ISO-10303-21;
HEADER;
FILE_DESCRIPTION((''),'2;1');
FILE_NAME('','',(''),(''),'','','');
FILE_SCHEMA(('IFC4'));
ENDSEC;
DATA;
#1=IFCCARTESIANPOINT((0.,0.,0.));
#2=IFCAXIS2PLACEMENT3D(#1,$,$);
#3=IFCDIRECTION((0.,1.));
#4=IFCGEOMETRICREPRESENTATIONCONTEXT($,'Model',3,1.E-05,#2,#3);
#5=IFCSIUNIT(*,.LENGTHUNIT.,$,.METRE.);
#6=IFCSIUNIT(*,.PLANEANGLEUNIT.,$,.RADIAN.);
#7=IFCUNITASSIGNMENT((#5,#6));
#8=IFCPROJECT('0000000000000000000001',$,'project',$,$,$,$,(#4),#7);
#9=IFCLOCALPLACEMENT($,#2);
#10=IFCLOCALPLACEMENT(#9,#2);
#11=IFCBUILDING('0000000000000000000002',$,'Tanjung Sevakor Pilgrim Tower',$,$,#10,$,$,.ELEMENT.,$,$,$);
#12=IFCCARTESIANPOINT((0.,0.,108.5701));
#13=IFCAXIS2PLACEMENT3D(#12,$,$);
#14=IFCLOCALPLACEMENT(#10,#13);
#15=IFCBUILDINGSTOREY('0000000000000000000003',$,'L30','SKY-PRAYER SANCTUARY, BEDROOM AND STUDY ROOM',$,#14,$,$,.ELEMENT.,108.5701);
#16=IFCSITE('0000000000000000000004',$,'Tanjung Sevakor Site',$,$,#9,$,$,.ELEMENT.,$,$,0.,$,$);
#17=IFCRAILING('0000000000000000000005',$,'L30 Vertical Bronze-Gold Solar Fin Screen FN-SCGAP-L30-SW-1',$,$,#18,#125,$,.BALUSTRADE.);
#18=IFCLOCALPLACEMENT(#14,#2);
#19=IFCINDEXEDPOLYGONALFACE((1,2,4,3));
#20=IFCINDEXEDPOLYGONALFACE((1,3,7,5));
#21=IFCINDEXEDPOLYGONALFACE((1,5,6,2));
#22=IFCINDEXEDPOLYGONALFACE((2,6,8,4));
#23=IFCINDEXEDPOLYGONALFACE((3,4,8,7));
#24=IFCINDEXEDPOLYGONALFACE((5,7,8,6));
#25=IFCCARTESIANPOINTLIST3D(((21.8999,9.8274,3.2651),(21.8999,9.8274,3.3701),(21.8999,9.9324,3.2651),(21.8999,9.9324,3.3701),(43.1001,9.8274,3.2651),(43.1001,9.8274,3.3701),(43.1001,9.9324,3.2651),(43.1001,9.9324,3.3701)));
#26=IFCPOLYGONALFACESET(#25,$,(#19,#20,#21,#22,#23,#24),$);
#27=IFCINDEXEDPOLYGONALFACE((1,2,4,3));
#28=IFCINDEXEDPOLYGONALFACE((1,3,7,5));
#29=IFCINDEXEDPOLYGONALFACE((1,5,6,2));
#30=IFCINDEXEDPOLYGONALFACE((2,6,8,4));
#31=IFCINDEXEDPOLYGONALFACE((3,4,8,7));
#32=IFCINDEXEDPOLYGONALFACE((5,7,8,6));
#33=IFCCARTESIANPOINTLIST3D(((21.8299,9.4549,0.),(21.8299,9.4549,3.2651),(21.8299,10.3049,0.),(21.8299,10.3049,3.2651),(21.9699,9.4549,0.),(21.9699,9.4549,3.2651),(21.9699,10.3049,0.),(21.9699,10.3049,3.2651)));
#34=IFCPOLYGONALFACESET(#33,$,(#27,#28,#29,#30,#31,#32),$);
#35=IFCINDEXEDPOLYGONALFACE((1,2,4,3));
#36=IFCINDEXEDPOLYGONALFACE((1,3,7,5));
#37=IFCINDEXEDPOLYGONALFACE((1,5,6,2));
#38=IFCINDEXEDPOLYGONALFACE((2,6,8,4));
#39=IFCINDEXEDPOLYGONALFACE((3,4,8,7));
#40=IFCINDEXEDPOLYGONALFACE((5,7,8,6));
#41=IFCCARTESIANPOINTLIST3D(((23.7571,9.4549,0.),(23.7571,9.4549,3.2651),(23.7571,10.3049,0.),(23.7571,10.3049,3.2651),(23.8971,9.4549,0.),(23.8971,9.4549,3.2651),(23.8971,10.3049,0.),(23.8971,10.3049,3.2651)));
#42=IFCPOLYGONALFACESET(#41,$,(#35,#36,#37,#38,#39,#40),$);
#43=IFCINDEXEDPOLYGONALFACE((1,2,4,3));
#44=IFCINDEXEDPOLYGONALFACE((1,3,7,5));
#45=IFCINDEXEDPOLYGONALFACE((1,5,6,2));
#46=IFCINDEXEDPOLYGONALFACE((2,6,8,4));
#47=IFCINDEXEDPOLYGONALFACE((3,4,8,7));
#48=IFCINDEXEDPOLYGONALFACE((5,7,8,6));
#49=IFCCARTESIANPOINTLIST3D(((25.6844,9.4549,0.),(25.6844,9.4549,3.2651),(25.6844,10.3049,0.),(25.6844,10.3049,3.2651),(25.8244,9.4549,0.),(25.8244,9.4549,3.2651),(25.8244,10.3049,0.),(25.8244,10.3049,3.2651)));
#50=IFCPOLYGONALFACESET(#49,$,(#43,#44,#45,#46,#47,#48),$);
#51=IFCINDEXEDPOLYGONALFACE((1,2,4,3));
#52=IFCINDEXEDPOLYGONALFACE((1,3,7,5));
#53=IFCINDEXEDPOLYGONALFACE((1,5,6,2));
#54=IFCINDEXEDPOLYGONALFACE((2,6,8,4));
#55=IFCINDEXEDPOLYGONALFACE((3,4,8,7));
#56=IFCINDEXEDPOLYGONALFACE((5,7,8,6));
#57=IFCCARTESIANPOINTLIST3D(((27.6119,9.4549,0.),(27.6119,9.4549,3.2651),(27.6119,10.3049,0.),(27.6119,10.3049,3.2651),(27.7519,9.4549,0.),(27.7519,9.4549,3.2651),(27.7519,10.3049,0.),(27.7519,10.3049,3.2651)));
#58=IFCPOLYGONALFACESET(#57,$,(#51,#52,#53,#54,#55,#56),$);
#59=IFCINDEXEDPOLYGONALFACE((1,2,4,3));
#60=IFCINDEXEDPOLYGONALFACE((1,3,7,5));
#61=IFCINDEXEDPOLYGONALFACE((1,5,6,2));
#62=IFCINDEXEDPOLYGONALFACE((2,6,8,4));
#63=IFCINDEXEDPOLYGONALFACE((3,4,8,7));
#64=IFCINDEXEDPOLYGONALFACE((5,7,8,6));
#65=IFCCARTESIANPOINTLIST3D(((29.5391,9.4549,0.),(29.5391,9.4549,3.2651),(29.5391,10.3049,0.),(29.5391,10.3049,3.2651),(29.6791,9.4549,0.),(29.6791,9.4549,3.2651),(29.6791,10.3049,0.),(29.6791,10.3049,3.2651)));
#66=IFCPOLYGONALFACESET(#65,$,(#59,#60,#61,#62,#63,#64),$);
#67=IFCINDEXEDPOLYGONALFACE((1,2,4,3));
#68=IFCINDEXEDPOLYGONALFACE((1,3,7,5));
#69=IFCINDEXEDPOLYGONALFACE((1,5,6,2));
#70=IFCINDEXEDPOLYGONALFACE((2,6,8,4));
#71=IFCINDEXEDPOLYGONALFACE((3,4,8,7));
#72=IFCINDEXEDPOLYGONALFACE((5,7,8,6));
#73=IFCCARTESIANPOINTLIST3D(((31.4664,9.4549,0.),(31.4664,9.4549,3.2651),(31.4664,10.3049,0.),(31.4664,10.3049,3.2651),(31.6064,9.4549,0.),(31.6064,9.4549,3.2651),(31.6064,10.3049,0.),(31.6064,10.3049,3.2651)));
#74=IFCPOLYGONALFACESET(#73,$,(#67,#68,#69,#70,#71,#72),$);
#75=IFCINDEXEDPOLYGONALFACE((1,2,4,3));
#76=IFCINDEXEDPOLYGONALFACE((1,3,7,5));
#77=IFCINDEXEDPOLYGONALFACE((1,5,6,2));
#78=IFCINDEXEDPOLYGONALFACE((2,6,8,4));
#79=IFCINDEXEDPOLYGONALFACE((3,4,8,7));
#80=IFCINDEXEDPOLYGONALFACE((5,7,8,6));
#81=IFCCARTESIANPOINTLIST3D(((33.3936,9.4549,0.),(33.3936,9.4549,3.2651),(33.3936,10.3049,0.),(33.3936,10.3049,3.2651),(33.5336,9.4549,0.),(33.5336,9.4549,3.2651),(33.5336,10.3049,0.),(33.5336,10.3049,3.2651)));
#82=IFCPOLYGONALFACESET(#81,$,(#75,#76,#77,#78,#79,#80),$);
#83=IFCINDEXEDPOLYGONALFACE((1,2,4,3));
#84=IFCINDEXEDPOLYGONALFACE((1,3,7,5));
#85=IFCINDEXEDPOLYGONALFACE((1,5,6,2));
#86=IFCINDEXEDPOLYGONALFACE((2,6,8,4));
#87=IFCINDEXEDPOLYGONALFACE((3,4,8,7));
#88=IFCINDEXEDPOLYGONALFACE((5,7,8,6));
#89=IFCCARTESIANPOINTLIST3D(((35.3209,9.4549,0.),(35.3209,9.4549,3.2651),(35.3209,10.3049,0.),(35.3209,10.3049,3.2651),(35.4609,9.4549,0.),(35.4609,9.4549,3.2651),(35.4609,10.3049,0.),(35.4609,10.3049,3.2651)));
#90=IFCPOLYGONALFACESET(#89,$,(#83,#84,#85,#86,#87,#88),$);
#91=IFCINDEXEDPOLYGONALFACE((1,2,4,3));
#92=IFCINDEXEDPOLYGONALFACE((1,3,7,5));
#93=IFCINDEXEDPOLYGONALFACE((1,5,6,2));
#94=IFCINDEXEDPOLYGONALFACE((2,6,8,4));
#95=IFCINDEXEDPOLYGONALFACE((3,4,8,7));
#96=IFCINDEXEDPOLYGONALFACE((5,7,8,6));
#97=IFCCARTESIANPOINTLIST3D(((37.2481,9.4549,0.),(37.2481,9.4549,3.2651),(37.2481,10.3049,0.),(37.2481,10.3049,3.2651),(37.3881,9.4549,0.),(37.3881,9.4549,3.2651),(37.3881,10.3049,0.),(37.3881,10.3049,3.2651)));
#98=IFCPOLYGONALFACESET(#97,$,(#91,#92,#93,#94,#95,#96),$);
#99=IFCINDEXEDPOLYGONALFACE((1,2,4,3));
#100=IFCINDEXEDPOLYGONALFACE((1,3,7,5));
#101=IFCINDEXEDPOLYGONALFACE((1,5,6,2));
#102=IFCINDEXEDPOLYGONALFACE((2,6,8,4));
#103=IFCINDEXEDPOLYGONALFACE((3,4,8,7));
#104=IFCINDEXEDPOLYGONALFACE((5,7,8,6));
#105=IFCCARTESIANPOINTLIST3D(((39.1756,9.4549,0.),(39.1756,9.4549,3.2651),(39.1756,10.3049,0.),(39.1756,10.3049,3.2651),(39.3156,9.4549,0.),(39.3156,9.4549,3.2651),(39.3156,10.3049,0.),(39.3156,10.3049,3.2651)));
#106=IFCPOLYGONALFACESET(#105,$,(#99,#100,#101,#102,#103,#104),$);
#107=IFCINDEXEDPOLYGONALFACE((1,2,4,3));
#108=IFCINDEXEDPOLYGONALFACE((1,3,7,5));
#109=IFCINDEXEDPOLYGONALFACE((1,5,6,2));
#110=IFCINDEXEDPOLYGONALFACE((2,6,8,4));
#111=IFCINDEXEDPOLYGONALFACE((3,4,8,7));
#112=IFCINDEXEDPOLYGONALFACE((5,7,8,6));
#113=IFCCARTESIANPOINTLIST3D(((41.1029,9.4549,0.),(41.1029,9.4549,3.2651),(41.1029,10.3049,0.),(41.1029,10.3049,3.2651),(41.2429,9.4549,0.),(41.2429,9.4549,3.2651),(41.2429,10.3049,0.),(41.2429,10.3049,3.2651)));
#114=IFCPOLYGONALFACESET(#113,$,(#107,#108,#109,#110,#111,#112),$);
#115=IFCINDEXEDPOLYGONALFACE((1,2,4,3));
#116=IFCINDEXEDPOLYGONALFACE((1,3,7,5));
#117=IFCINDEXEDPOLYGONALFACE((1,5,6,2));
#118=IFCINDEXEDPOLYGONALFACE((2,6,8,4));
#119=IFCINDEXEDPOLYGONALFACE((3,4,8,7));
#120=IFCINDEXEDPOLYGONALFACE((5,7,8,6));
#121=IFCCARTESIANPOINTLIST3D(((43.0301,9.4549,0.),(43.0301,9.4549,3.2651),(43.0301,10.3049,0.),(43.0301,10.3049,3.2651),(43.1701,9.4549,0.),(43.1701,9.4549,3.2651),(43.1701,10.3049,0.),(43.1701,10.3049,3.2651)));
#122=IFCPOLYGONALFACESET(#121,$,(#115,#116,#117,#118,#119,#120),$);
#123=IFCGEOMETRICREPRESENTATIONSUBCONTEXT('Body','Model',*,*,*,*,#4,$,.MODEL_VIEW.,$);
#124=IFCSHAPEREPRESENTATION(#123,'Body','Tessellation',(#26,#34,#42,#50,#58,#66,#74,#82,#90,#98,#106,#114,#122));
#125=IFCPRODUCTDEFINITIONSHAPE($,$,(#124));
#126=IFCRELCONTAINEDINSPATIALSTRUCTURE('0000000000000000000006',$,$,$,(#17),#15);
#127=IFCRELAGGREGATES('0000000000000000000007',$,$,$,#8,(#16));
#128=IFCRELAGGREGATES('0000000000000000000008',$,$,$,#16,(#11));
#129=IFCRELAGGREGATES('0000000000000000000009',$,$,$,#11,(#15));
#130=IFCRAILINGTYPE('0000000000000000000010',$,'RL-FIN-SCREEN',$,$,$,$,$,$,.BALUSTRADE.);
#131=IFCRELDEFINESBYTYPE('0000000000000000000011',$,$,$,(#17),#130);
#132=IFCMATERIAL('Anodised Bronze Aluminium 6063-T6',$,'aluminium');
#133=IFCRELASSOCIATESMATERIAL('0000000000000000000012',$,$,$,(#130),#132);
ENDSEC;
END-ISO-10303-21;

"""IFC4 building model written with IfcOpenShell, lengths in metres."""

from ifc_helpers import new_model, si_unit, direction, frame, origin, place, context, subcontext, project, spatial, rectangle, extrude, material, type_object, element, save


model = new_model("IFC4")

# Units and contexts
model_context = context("Model", 3, precision=1e-05, world=origin(), true_north=direction((0.0, 1.0)))
body_context = subcontext(model_context, "Body", "Model", "MODEL_VIEW")
ifc_project = project(units=[si_unit("LENGTHUNIT", "METRE"), si_unit("PLANEANGLEUNIT", "RADIAN")], contexts=[model_context])

# Site, building, storey
site_placement = place(None, origin())
site = spatial("IfcSite", under=ifc_project, at=site_placement, Name="Tanjung Sevakor Site", CompositionType="ELEMENT", RefElevation=0.0)
building_placement = place(site_placement, origin())
building = spatial("IfcBuilding", under=site, at=building_placement, Name="Tanjung Sevakor Pilgrim Tower", CompositionType="ELEMENT")
storey_placement = place(building_placement, frame((0.0, 0.0, 108.5701)))
storey = spatial("IfcBuildingStorey", under=building, at=storey_placement, Name="L30", Description="SKY-PRAYER SANCTUARY, BEDROOM AND STUDY ROOM", CompositionType="ELEMENT", Elevation=108.5701)

# Railing
ifc_material_1 = material(Name="Anodised Bronze Aluminium 6063-T6", Category="aluminium")
railing_type = type_object("IfcRailingType", Name="RL-FIN-SCREEN", PredefinedType="BALUSTRADE", material=ifc_material_1)
railing_placement = place(storey_placement, frame((21.8999, 9.8799, 0.0)))
element("IfcRailing", 1, at=railing_placement, inside=storey, type_object=railing_type, Name="L30 Vertical Bronze-Gold Solar Fin Screen FN-SCGAP-L30-SW-1", PredefinedType="BALUSTRADE", context=body_context, shape_type="SweptSolid", body=[
    extrude(rectangle(XDim=0.105, YDim=0.105), frame((0.0, 0.0, 3.3176), z_axis=(1.0, 0.0, 0.0), x_axis=(0.0, 1.0, 0.0)), (0.0, 0.0, 1.0), 21.2002),
    extrude(rectangle(XDim=0.14, YDim=0.85), origin(), (0.0, 0.0, 1.0), 3.2651),
    extrude(rectangle(XDim=0.14, YDim=0.85), frame((1.9272, 0.0, 0.0)), (0.0, 0.0, 1.0), 3.2651),
    extrude(rectangle(XDim=0.14, YDim=0.85), frame((3.8545, 0.0, 0.0)), (0.0, 0.0, 1.0), 3.2651),
    extrude(rectangle(XDim=0.14, YDim=0.85), frame((5.782, 0.0, 0.0)), (0.0, 0.0, 1.0), 3.2651),
    extrude(rectangle(XDim=0.14, YDim=0.85), frame((7.7092, 0.0, 0.0)), (0.0, 0.0, 1.0), 3.2651),
    extrude(rectangle(XDim=0.14, YDim=0.85), frame((9.6365, 0.0, 0.0)), (0.0, 0.0, 1.0), 3.2651),
    extrude(rectangle(XDim=0.14, YDim=0.85), frame((11.5637, 0.0, 0.0)), (0.0, 0.0, 1.0), 3.2651),
    extrude(rectangle(XDim=0.14, YDim=0.85), frame((13.491, 0.0, 0.0)), (0.0, 0.0, 1.0), 3.2651),
    extrude(rectangle(XDim=0.14, YDim=0.85), frame((15.4182, 0.0, 0.0)), (0.0, 0.0, 1.0), 3.2651),
    extrude(rectangle(XDim=0.14, YDim=0.85), frame((17.3457, 0.0, 0.0)), (0.0, 0.0, 1.0), 3.2651),
    extrude(rectangle(XDim=0.14, YDim=0.85), frame((19.2729, 0.0, 0.0)), (0.0, 0.0, 1.0), 3.2651),
    extrude(rectangle(XDim=0.14, YDim=0.85), frame((21.2002, 0.0, 0.0)), (0.0, 0.0, 1.0), 3.2651),
])

save(model, "model.ifc")
